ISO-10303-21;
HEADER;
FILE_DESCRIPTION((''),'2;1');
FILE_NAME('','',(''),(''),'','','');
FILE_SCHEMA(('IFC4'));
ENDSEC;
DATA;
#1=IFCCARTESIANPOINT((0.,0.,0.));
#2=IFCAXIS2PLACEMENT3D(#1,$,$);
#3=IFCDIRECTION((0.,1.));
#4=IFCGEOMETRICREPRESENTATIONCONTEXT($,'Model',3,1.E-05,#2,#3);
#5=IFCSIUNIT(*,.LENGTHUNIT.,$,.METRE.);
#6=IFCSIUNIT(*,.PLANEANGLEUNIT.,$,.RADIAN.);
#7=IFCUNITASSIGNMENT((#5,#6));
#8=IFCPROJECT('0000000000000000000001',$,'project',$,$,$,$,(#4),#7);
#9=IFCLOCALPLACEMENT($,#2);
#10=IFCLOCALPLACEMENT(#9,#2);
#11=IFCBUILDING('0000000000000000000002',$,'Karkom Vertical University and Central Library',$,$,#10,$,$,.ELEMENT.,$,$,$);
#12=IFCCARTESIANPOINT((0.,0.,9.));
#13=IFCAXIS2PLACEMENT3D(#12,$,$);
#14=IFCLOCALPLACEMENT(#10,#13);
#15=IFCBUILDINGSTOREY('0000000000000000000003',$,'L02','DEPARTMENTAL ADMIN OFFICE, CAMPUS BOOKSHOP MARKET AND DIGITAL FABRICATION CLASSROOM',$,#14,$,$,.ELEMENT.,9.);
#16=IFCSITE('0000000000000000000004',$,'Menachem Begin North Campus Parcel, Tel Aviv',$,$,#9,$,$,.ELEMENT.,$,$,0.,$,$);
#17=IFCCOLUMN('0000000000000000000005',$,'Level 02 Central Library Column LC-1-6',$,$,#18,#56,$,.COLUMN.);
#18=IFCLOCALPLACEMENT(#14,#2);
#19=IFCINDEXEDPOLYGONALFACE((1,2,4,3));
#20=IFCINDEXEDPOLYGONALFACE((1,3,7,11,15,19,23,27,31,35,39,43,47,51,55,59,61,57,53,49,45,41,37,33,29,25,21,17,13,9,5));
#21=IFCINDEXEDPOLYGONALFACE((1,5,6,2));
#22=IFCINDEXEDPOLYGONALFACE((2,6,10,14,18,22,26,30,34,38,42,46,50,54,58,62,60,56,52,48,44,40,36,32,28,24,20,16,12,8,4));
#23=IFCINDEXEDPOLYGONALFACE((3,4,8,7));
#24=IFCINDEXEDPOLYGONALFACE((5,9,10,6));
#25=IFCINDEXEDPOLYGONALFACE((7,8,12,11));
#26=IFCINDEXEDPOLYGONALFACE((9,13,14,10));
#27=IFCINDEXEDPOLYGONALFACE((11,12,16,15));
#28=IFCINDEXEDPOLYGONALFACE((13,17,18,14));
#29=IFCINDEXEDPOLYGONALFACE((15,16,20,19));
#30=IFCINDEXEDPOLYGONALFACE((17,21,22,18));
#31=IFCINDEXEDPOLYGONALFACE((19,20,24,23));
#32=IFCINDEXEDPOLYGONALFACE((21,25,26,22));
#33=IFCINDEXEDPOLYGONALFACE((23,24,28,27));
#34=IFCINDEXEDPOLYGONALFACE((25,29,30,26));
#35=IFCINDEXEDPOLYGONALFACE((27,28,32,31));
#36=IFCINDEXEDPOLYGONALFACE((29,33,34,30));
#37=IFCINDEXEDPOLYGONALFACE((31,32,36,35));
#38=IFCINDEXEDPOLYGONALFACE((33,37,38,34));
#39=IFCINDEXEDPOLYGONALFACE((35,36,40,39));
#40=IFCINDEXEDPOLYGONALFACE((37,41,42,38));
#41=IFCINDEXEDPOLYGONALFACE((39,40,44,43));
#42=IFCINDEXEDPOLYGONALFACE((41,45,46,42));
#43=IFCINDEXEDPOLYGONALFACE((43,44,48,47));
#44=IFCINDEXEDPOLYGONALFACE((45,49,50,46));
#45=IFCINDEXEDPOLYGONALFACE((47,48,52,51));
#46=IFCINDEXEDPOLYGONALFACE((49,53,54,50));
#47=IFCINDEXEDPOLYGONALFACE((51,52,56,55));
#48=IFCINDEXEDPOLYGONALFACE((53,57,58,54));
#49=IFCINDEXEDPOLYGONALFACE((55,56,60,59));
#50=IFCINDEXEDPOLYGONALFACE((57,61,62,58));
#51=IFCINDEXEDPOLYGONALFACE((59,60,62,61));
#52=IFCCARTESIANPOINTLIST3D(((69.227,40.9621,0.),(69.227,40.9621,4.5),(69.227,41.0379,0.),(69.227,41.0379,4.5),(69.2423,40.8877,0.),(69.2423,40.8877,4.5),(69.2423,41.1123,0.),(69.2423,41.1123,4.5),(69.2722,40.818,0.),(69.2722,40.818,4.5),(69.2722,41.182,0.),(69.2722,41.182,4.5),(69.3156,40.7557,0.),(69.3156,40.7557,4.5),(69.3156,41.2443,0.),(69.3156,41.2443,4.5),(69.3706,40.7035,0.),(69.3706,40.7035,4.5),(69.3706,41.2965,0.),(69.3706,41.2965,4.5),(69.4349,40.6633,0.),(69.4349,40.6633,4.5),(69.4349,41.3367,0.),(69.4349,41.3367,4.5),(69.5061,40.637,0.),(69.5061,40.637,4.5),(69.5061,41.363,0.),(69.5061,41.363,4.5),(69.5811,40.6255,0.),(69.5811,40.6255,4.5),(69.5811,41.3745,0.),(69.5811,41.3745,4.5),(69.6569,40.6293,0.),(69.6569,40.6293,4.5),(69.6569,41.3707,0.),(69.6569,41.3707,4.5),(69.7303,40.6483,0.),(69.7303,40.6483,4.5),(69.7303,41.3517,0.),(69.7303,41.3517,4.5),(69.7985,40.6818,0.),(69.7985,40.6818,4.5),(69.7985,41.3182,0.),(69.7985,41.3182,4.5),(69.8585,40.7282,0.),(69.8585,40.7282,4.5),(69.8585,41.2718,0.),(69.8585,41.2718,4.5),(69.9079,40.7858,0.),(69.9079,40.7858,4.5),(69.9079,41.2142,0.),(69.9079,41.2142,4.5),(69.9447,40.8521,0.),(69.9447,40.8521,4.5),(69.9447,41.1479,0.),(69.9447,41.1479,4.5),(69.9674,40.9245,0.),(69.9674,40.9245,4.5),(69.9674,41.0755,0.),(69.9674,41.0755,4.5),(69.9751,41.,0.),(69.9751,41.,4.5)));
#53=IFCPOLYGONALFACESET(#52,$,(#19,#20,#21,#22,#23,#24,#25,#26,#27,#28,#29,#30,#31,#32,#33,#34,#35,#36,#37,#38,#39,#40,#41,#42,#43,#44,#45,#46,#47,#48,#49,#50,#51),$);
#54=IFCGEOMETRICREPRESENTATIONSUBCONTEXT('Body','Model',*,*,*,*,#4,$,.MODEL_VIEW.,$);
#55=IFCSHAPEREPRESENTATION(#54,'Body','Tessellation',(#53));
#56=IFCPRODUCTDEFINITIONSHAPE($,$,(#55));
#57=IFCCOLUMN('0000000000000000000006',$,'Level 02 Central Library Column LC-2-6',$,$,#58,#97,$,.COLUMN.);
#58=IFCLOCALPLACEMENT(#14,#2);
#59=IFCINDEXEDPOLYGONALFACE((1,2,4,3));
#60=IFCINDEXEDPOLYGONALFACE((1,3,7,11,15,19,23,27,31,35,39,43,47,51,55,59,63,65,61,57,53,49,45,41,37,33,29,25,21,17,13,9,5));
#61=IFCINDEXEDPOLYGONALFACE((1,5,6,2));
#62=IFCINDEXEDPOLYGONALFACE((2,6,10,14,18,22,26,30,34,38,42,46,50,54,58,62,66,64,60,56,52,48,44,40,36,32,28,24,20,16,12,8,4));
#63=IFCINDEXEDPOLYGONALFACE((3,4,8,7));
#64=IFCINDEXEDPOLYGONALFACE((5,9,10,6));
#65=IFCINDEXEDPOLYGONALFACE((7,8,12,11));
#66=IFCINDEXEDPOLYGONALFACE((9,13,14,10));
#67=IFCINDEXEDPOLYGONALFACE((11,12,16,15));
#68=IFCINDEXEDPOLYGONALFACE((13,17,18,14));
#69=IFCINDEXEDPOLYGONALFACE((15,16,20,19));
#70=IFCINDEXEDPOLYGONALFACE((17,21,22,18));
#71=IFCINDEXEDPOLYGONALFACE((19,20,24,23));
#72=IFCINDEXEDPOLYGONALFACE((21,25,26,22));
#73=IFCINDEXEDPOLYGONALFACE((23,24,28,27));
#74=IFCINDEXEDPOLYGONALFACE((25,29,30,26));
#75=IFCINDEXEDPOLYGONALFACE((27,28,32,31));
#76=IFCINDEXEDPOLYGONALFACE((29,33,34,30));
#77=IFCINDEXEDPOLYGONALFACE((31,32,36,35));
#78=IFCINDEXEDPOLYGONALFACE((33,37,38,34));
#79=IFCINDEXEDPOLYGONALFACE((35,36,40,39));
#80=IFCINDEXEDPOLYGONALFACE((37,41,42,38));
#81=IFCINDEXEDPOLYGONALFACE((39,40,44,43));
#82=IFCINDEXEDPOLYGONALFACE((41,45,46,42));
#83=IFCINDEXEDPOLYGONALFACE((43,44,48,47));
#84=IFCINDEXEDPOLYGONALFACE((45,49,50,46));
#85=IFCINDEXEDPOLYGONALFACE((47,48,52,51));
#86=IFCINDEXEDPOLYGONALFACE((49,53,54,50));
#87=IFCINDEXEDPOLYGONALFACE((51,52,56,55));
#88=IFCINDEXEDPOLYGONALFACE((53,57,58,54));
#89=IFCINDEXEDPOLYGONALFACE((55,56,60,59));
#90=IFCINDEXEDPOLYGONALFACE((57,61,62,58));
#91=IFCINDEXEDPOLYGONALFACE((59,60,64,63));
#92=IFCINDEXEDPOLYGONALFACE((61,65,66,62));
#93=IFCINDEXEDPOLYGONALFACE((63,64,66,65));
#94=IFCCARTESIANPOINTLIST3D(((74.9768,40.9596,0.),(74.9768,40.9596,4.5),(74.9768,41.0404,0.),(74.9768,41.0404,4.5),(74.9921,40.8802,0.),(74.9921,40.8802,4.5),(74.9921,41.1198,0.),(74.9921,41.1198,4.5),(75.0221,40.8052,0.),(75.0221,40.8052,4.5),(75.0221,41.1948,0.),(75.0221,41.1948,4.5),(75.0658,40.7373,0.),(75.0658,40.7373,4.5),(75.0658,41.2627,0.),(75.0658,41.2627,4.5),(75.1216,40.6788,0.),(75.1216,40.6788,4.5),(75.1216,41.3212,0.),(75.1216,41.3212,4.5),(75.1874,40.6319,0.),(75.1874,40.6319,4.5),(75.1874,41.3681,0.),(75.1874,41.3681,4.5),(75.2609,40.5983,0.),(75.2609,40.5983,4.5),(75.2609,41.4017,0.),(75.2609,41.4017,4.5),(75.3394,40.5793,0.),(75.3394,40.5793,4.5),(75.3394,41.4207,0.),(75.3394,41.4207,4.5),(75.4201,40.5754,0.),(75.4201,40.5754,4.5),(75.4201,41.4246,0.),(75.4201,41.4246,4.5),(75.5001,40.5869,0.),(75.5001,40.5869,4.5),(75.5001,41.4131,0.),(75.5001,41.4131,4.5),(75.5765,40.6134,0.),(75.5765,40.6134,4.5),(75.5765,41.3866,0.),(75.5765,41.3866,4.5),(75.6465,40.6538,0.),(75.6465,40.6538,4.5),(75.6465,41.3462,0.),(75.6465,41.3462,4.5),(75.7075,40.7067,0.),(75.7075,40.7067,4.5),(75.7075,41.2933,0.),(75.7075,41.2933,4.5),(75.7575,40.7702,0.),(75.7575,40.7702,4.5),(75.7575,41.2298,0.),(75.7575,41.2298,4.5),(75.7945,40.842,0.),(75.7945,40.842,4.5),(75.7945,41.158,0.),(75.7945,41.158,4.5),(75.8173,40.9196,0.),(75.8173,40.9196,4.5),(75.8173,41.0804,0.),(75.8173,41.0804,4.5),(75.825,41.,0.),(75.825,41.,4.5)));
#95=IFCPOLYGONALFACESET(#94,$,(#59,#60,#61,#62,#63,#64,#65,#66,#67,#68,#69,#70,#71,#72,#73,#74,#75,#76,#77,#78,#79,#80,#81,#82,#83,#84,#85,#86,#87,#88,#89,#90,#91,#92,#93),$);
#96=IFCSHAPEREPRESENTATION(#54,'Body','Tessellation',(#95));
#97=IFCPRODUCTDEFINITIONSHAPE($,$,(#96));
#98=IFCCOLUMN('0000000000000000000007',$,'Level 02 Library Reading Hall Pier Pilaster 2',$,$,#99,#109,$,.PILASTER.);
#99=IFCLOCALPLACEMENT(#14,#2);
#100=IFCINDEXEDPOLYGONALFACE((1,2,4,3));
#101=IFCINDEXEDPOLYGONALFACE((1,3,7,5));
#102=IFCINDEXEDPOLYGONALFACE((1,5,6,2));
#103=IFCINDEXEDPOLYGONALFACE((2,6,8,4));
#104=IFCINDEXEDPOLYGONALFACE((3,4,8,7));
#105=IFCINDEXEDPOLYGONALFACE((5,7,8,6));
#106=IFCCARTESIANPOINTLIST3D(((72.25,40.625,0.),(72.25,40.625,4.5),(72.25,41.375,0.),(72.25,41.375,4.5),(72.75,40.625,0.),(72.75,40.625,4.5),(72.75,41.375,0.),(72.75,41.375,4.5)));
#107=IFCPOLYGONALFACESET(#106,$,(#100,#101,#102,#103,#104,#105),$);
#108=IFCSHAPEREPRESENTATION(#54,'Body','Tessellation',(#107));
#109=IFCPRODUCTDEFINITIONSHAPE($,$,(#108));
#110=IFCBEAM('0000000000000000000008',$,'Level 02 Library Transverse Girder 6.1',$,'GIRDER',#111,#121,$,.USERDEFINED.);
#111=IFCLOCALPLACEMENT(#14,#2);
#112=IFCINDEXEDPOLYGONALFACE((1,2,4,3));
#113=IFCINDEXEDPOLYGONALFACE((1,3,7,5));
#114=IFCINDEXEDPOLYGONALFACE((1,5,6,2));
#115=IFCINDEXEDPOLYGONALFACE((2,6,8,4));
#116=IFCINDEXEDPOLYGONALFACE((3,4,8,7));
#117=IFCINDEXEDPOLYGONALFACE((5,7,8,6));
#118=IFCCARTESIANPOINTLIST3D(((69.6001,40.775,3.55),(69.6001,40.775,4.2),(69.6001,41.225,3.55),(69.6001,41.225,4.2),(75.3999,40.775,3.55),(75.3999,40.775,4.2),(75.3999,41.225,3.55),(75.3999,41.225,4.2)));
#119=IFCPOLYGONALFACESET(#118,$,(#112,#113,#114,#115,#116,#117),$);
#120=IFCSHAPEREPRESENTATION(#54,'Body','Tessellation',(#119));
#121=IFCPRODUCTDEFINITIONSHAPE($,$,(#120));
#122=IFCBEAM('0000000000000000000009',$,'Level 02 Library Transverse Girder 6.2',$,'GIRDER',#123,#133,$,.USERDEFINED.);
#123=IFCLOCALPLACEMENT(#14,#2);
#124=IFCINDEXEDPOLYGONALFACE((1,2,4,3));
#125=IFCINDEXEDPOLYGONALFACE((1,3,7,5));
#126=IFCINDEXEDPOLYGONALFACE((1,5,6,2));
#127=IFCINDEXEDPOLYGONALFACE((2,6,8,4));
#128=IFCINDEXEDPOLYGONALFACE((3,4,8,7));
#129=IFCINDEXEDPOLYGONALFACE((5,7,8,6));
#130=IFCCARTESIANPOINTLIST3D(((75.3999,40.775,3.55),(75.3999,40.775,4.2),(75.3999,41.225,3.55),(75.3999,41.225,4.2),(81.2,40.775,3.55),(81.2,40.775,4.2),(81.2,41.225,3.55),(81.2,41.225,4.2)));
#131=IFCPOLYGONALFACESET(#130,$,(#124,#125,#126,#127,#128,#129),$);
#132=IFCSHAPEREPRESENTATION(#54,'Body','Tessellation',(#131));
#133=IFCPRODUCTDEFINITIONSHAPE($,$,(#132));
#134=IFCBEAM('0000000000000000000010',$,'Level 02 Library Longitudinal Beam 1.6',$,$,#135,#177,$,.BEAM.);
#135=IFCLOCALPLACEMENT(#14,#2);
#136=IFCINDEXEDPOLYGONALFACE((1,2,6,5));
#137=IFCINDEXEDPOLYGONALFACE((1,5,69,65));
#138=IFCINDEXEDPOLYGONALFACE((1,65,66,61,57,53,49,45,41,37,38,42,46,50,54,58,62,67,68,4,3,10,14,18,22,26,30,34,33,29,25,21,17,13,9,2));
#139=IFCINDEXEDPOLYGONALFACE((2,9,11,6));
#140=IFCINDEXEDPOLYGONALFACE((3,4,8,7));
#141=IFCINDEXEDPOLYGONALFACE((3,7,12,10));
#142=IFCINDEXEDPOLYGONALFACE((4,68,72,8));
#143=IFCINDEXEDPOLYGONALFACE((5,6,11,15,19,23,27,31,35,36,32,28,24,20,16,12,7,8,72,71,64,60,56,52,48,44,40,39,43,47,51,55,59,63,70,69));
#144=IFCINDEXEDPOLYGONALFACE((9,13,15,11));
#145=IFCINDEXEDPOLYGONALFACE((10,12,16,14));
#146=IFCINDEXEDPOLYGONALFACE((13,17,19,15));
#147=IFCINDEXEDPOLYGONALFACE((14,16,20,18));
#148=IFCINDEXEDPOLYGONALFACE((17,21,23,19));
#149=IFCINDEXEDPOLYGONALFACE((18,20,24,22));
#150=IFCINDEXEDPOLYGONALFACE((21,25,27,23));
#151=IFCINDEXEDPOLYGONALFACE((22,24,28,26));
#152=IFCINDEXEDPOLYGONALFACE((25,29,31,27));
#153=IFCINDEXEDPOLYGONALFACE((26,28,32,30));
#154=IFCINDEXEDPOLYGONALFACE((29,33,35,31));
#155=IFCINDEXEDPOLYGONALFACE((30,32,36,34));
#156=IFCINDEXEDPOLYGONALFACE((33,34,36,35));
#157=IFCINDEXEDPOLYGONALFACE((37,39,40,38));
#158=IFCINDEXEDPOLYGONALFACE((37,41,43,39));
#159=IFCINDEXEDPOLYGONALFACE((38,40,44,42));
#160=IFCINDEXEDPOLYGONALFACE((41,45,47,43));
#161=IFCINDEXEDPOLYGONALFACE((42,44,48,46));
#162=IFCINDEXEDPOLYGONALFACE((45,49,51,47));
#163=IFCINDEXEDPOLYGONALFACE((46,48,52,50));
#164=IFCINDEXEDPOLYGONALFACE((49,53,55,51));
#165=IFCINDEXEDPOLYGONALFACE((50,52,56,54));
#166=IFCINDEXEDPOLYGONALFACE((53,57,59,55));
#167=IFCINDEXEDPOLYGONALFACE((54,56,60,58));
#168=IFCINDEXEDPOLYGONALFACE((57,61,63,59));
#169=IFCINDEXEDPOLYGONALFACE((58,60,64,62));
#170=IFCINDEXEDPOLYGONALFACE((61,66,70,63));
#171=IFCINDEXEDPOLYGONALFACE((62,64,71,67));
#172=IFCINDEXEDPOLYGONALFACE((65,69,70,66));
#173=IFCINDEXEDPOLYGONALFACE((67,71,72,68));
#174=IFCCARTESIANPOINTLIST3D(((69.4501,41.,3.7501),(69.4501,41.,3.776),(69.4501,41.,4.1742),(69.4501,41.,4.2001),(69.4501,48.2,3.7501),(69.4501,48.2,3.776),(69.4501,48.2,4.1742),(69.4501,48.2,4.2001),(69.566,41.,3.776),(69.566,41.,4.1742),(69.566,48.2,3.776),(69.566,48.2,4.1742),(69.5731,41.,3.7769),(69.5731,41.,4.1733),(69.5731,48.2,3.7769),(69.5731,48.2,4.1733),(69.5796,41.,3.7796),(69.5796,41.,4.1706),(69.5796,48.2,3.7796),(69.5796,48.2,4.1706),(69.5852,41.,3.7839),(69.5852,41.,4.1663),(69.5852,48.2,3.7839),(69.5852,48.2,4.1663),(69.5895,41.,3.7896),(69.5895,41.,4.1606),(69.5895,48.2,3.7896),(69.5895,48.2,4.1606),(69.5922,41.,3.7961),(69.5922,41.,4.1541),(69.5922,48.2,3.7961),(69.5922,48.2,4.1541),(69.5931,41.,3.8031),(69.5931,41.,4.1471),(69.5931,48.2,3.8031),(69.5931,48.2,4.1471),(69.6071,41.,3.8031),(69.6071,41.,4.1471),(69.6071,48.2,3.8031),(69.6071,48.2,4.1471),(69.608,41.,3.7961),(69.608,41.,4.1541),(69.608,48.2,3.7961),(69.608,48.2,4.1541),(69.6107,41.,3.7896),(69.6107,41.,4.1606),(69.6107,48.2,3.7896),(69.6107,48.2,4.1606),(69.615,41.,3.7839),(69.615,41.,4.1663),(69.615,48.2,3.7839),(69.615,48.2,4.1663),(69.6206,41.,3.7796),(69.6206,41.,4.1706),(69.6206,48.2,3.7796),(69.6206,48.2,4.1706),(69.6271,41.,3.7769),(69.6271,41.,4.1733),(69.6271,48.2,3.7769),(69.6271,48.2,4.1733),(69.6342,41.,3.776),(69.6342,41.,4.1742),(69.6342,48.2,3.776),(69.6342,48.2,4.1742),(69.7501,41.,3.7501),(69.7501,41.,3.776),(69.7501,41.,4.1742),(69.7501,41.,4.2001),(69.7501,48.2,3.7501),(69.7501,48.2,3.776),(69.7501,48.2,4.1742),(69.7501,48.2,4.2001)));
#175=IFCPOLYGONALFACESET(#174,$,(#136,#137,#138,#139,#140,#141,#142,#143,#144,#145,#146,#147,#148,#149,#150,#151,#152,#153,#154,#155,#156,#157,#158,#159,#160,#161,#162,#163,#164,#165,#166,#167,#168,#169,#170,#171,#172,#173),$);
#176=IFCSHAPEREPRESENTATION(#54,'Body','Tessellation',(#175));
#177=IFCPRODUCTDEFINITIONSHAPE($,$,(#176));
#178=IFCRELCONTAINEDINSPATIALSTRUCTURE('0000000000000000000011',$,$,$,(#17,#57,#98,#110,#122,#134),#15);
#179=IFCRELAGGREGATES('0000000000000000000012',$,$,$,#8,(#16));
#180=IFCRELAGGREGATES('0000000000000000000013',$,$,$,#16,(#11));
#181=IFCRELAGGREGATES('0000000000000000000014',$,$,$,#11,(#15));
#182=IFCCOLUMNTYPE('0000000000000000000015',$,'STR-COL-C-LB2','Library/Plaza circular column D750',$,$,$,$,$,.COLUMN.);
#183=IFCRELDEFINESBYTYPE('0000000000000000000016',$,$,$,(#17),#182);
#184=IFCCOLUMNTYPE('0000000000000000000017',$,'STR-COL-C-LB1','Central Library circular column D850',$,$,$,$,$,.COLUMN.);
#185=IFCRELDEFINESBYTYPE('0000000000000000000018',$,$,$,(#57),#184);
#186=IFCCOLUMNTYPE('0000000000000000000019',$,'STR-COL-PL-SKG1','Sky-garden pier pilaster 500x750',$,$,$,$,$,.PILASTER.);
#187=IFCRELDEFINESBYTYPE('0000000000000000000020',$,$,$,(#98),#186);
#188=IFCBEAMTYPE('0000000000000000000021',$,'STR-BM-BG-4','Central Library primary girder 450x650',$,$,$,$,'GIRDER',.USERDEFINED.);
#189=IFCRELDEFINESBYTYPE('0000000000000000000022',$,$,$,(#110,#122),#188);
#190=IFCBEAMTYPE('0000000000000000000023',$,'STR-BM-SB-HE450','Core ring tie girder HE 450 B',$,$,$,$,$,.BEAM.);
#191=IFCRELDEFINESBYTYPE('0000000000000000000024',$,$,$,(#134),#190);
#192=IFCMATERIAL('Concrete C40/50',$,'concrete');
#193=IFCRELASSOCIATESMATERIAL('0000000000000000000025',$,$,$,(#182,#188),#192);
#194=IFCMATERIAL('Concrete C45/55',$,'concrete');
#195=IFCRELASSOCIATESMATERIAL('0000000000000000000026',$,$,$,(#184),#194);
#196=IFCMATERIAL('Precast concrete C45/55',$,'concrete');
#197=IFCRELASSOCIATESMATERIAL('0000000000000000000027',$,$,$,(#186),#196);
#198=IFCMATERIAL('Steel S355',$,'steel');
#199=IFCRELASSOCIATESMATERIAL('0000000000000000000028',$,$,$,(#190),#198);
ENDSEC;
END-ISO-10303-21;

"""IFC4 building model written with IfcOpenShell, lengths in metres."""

from ifc_helpers import new_model, si_unit, direction, frame, origin, origin_with_axes, origin_2d, place, context, subcontext, project, spatial, rectangle, circle, i_section, extrude, source, transform, mapped, material, material_profile, profile_set, type_object, element, save


model = new_model("IFC4")

# Units and contexts
model_context = context("Model", 3, precision=1e-05, world=origin(), true_north=direction((0.0, 1.0)))
body_context = subcontext(model_context, "Body", "Model", "MODEL_VIEW")
ifc_project = project(units=[si_unit("LENGTHUNIT", "METRE"), si_unit("PLANEANGLEUNIT", "RADIAN")], contexts=[model_context])

# Site, building, storey
site_placement = place(None, origin())
site = spatial("IfcSite", under=ifc_project, at=site_placement, Name="Menachem Begin North Campus Parcel, Tel Aviv", CompositionType="ELEMENT", RefElevation=0.0)
building_placement = place(site_placement, origin())
building = spatial("IfcBuilding", under=site, at=building_placement, Name="Karkom Vertical University and Central Library", CompositionType="ELEMENT")
storey_placement = place(building_placement, frame((0.0, 0.0, 9.0)))
storey = spatial("IfcBuildingStorey", under=building, at=storey_placement, Name="L02", Description="DEPARTMENTAL ADMIN OFFICE, CAMPUS BOOKSHOP MARKET AND DIGITAL FABRICATION CLASSROOM", CompositionType="ELEMENT", Elevation=9.0)

# Columns
ifc_material_1 = material(Name="Concrete C40/50", Category="concrete")
ifc_material_profile_1 = material_profile(ifc_material_1, circle(Radius=0.375, at=origin_2d()), Name="RC-D750")
ifc_profile_set_1 = profile_set([ifc_material_profile_1], Name="Concrete C40/50")
column_type_1 = type_object("IfcColumnType", Name="STR-COL-C-LB2", Description="Library/Plaza circular column D750", PredefinedType="COLUMN", material=ifc_profile_set_1)
shared_shape_1 = source(origin_with_axes(), body_context, "Body", "SweptSolid", [
    extrude(circle(Radius=0.375, at=origin_2d()), origin(), (0.0, 0.0, 1.0), 4.5),
])
column_1_placement = place(storey_placement, frame((69.6001, 41.0, 0.0), z_axis=(0.0, 0.0, 1.0), x_axis=(1.0, 0.0, 0.0)))
element("IfcColumn", 1, at=column_1_placement, inside=storey, type_object=column_type_1, Name="Level 02 Central Library Column LC-1-6", PredefinedType="COLUMN", context=body_context, shape_type="MappedRepresentation", body=[
    mapped(shared_shape_1, transform((0.0, 0.0, 0.0), scale=1.0)),
])
ifc_material_2 = material(Name="Concrete C45/55", Category="concrete")
ifc_material_profile_2 = material_profile(ifc_material_2, circle(Radius=0.425, at=origin_2d()), Name="RC-D850")
ifc_profile_set_2 = profile_set([ifc_material_profile_2], Name="Concrete C45/55")
column_type_2 = type_object("IfcColumnType", Name="STR-COL-C-LB1", Description="Central Library circular column D850", PredefinedType="COLUMN", material=ifc_profile_set_2)
shared_shape_2 = source(origin_with_axes(), body_context, "Body", "SweptSolid", [
    extrude(circle(Radius=0.425, at=origin_2d()), origin(), (0.0, 0.0, 1.0), 4.5),
])
column_2_placement = place(storey_placement, frame((75.3999, 41.0, 0.0), z_axis=(0.0, 0.0, 1.0), x_axis=(1.0, 0.0, 0.0)))
element("IfcColumn", 2, at=column_2_placement, inside=storey, type_object=column_type_2, Name="Level 02 Central Library Column LC-2-6", PredefinedType="COLUMN", context=body_context, shape_type="MappedRepresentation", body=[
    mapped(shared_shape_2, transform((0.0, 0.0, 0.0), scale=1.0)),
])
ifc_material_3 = material(Name="Precast concrete C45/55", Category="concrete")
ifc_material_profile_3 = material_profile(ifc_material_3, rectangle(XDim=0.5, YDim=0.75, at=origin_2d()), Name="PIL-500x750")
ifc_profile_set_3 = profile_set([ifc_material_profile_3], Name="Precast concrete C45/55")
column_type_3 = type_object("IfcColumnType", Name="STR-COL-PL-SKG1", Description="Sky-garden pier pilaster 500x750", PredefinedType="PILASTER", material=ifc_profile_set_3)
shared_shape_3 = source(origin_with_axes(), body_context, "Body", "SweptSolid", [
    extrude(rectangle(XDim=0.5, YDim=0.75, at=origin_2d()), origin(), (0.0, 0.0, 1.0), 4.5),
])
column_3_placement = place(storey_placement, frame((72.5, 41.0, 0.0), z_axis=(0.0, 0.0, 1.0), x_axis=(1.0, 0.0, 0.0)))
element("IfcColumn", 3, at=column_3_placement, inside=storey, type_object=column_type_3, Name="Level 02 Library Reading Hall Pier Pilaster 2", PredefinedType="PILASTER", context=body_context, shape_type="MappedRepresentation", body=[
    mapped(shared_shape_3, transform((0.0, 0.0, 0.0), scale=1.0)),
])

# Beams
ifc_material_profile_4 = material_profile(ifc_material_1, rectangle(XDim=0.45, YDim=0.6499, at=origin_2d()), Name="RCB-450x650")
ifc_profile_set_4 = profile_set([ifc_material_profile_4], Name="Concrete C40/50")
beam_type_1 = type_object("IfcBeamType", Name="STR-BM-BG-4", Description="Central Library primary girder 450x650", ElementType="GIRDER", PredefinedType="USERDEFINED", material=ifc_profile_set_4)
shared_shape_4 = source(origin_with_axes(), body_context, "Body", "SweptSolid", [
    extrude(rectangle(XDim=0.45, YDim=0.6499, at=origin_2d()), origin(), (0.0, 0.0, 1.0), 5.7998),
])
beam_1_placement = place(storey_placement, frame((69.6001, 41.0, 3.875), z_axis=(1.0, 0.0, 0.0), x_axis=(0.0, 1.0, 0.0)))
element("IfcBeam", 4, at=beam_1_placement, inside=storey, type_object=beam_type_1, Name="Level 02 Library Transverse Girder 6.1", ObjectType="GIRDER", PredefinedType="USERDEFINED", context=body_context, shape_type="MappedRepresentation", body=[
    mapped(shared_shape_4, transform((0.0, 0.0, 0.0), scale=1.0)),
])
shared_shape_5 = source(origin_with_axes(), body_context, "Body", "SweptSolid", [
    extrude(rectangle(XDim=0.45, YDim=0.6499, at=origin_2d()), origin(), (0.0, 0.0, 1.0), 5.8),
])
beam_2_placement = place(storey_placement, frame((75.3999, 41.0, 3.875), z_axis=(1.0, 0.0, 0.0), x_axis=(0.0, 1.0, 0.0)))
element("IfcBeam", 5, at=beam_2_placement, inside=storey, type_object=beam_type_1, Name="Level 02 Library Transverse Girder 6.2", ObjectType="GIRDER", PredefinedType="USERDEFINED", context=body_context, shape_type="MappedRepresentation", body=[
    mapped(shared_shape_5, transform((0.0, 0.0, 0.0), scale=1.0)),
])
ifc_material_4 = material(Name="Steel S355", Category="steel")
ifc_material_profile_5 = material_profile(ifc_material_4, i_section(OverallWidth=0.3, OverallDepth=0.45, WebThickness=0.0139, FlangeThickness=0.0259, FilletRadius=0.0271, at=origin_2d()), Name="HE 450 B")
ifc_profile_set_5 = profile_set([ifc_material_profile_5], Name="Steel S355")
beam_type_2 = type_object("IfcBeamType", Name="STR-BM-SB-HE450", Description="Core ring tie girder HE 450 B", PredefinedType="BEAM", material=ifc_profile_set_5)
shared_shape_6 = source(origin_with_axes(), body_context, "Body", "SweptSolid", [
    extrude(i_section(OverallWidth=0.3, OverallDepth=0.45, WebThickness=0.0139, FlangeThickness=0.0259, FilletRadius=0.0271, at=origin_2d()), origin(), (0.0, 0.0, 1.0), 7.2),
])
beam_3_placement = place(storey_placement, frame((69.6001, 41.0, 3.9751), z_axis=(0.0, 1.0, 0.0), x_axis=(-1.0, 0.0, 0.0)))
element("IfcBeam", 6, at=beam_3_placement, inside=storey, type_object=beam_type_2, Name="Level 02 Library Longitudinal Beam 1.6", PredefinedType="BEAM", context=body_context, shape_type="MappedRepresentation", body=[
    mapped(shared_shape_6, transform((0.0, 0.0, 0.0), scale=1.0)),
])

save(model, "model.ifc")
